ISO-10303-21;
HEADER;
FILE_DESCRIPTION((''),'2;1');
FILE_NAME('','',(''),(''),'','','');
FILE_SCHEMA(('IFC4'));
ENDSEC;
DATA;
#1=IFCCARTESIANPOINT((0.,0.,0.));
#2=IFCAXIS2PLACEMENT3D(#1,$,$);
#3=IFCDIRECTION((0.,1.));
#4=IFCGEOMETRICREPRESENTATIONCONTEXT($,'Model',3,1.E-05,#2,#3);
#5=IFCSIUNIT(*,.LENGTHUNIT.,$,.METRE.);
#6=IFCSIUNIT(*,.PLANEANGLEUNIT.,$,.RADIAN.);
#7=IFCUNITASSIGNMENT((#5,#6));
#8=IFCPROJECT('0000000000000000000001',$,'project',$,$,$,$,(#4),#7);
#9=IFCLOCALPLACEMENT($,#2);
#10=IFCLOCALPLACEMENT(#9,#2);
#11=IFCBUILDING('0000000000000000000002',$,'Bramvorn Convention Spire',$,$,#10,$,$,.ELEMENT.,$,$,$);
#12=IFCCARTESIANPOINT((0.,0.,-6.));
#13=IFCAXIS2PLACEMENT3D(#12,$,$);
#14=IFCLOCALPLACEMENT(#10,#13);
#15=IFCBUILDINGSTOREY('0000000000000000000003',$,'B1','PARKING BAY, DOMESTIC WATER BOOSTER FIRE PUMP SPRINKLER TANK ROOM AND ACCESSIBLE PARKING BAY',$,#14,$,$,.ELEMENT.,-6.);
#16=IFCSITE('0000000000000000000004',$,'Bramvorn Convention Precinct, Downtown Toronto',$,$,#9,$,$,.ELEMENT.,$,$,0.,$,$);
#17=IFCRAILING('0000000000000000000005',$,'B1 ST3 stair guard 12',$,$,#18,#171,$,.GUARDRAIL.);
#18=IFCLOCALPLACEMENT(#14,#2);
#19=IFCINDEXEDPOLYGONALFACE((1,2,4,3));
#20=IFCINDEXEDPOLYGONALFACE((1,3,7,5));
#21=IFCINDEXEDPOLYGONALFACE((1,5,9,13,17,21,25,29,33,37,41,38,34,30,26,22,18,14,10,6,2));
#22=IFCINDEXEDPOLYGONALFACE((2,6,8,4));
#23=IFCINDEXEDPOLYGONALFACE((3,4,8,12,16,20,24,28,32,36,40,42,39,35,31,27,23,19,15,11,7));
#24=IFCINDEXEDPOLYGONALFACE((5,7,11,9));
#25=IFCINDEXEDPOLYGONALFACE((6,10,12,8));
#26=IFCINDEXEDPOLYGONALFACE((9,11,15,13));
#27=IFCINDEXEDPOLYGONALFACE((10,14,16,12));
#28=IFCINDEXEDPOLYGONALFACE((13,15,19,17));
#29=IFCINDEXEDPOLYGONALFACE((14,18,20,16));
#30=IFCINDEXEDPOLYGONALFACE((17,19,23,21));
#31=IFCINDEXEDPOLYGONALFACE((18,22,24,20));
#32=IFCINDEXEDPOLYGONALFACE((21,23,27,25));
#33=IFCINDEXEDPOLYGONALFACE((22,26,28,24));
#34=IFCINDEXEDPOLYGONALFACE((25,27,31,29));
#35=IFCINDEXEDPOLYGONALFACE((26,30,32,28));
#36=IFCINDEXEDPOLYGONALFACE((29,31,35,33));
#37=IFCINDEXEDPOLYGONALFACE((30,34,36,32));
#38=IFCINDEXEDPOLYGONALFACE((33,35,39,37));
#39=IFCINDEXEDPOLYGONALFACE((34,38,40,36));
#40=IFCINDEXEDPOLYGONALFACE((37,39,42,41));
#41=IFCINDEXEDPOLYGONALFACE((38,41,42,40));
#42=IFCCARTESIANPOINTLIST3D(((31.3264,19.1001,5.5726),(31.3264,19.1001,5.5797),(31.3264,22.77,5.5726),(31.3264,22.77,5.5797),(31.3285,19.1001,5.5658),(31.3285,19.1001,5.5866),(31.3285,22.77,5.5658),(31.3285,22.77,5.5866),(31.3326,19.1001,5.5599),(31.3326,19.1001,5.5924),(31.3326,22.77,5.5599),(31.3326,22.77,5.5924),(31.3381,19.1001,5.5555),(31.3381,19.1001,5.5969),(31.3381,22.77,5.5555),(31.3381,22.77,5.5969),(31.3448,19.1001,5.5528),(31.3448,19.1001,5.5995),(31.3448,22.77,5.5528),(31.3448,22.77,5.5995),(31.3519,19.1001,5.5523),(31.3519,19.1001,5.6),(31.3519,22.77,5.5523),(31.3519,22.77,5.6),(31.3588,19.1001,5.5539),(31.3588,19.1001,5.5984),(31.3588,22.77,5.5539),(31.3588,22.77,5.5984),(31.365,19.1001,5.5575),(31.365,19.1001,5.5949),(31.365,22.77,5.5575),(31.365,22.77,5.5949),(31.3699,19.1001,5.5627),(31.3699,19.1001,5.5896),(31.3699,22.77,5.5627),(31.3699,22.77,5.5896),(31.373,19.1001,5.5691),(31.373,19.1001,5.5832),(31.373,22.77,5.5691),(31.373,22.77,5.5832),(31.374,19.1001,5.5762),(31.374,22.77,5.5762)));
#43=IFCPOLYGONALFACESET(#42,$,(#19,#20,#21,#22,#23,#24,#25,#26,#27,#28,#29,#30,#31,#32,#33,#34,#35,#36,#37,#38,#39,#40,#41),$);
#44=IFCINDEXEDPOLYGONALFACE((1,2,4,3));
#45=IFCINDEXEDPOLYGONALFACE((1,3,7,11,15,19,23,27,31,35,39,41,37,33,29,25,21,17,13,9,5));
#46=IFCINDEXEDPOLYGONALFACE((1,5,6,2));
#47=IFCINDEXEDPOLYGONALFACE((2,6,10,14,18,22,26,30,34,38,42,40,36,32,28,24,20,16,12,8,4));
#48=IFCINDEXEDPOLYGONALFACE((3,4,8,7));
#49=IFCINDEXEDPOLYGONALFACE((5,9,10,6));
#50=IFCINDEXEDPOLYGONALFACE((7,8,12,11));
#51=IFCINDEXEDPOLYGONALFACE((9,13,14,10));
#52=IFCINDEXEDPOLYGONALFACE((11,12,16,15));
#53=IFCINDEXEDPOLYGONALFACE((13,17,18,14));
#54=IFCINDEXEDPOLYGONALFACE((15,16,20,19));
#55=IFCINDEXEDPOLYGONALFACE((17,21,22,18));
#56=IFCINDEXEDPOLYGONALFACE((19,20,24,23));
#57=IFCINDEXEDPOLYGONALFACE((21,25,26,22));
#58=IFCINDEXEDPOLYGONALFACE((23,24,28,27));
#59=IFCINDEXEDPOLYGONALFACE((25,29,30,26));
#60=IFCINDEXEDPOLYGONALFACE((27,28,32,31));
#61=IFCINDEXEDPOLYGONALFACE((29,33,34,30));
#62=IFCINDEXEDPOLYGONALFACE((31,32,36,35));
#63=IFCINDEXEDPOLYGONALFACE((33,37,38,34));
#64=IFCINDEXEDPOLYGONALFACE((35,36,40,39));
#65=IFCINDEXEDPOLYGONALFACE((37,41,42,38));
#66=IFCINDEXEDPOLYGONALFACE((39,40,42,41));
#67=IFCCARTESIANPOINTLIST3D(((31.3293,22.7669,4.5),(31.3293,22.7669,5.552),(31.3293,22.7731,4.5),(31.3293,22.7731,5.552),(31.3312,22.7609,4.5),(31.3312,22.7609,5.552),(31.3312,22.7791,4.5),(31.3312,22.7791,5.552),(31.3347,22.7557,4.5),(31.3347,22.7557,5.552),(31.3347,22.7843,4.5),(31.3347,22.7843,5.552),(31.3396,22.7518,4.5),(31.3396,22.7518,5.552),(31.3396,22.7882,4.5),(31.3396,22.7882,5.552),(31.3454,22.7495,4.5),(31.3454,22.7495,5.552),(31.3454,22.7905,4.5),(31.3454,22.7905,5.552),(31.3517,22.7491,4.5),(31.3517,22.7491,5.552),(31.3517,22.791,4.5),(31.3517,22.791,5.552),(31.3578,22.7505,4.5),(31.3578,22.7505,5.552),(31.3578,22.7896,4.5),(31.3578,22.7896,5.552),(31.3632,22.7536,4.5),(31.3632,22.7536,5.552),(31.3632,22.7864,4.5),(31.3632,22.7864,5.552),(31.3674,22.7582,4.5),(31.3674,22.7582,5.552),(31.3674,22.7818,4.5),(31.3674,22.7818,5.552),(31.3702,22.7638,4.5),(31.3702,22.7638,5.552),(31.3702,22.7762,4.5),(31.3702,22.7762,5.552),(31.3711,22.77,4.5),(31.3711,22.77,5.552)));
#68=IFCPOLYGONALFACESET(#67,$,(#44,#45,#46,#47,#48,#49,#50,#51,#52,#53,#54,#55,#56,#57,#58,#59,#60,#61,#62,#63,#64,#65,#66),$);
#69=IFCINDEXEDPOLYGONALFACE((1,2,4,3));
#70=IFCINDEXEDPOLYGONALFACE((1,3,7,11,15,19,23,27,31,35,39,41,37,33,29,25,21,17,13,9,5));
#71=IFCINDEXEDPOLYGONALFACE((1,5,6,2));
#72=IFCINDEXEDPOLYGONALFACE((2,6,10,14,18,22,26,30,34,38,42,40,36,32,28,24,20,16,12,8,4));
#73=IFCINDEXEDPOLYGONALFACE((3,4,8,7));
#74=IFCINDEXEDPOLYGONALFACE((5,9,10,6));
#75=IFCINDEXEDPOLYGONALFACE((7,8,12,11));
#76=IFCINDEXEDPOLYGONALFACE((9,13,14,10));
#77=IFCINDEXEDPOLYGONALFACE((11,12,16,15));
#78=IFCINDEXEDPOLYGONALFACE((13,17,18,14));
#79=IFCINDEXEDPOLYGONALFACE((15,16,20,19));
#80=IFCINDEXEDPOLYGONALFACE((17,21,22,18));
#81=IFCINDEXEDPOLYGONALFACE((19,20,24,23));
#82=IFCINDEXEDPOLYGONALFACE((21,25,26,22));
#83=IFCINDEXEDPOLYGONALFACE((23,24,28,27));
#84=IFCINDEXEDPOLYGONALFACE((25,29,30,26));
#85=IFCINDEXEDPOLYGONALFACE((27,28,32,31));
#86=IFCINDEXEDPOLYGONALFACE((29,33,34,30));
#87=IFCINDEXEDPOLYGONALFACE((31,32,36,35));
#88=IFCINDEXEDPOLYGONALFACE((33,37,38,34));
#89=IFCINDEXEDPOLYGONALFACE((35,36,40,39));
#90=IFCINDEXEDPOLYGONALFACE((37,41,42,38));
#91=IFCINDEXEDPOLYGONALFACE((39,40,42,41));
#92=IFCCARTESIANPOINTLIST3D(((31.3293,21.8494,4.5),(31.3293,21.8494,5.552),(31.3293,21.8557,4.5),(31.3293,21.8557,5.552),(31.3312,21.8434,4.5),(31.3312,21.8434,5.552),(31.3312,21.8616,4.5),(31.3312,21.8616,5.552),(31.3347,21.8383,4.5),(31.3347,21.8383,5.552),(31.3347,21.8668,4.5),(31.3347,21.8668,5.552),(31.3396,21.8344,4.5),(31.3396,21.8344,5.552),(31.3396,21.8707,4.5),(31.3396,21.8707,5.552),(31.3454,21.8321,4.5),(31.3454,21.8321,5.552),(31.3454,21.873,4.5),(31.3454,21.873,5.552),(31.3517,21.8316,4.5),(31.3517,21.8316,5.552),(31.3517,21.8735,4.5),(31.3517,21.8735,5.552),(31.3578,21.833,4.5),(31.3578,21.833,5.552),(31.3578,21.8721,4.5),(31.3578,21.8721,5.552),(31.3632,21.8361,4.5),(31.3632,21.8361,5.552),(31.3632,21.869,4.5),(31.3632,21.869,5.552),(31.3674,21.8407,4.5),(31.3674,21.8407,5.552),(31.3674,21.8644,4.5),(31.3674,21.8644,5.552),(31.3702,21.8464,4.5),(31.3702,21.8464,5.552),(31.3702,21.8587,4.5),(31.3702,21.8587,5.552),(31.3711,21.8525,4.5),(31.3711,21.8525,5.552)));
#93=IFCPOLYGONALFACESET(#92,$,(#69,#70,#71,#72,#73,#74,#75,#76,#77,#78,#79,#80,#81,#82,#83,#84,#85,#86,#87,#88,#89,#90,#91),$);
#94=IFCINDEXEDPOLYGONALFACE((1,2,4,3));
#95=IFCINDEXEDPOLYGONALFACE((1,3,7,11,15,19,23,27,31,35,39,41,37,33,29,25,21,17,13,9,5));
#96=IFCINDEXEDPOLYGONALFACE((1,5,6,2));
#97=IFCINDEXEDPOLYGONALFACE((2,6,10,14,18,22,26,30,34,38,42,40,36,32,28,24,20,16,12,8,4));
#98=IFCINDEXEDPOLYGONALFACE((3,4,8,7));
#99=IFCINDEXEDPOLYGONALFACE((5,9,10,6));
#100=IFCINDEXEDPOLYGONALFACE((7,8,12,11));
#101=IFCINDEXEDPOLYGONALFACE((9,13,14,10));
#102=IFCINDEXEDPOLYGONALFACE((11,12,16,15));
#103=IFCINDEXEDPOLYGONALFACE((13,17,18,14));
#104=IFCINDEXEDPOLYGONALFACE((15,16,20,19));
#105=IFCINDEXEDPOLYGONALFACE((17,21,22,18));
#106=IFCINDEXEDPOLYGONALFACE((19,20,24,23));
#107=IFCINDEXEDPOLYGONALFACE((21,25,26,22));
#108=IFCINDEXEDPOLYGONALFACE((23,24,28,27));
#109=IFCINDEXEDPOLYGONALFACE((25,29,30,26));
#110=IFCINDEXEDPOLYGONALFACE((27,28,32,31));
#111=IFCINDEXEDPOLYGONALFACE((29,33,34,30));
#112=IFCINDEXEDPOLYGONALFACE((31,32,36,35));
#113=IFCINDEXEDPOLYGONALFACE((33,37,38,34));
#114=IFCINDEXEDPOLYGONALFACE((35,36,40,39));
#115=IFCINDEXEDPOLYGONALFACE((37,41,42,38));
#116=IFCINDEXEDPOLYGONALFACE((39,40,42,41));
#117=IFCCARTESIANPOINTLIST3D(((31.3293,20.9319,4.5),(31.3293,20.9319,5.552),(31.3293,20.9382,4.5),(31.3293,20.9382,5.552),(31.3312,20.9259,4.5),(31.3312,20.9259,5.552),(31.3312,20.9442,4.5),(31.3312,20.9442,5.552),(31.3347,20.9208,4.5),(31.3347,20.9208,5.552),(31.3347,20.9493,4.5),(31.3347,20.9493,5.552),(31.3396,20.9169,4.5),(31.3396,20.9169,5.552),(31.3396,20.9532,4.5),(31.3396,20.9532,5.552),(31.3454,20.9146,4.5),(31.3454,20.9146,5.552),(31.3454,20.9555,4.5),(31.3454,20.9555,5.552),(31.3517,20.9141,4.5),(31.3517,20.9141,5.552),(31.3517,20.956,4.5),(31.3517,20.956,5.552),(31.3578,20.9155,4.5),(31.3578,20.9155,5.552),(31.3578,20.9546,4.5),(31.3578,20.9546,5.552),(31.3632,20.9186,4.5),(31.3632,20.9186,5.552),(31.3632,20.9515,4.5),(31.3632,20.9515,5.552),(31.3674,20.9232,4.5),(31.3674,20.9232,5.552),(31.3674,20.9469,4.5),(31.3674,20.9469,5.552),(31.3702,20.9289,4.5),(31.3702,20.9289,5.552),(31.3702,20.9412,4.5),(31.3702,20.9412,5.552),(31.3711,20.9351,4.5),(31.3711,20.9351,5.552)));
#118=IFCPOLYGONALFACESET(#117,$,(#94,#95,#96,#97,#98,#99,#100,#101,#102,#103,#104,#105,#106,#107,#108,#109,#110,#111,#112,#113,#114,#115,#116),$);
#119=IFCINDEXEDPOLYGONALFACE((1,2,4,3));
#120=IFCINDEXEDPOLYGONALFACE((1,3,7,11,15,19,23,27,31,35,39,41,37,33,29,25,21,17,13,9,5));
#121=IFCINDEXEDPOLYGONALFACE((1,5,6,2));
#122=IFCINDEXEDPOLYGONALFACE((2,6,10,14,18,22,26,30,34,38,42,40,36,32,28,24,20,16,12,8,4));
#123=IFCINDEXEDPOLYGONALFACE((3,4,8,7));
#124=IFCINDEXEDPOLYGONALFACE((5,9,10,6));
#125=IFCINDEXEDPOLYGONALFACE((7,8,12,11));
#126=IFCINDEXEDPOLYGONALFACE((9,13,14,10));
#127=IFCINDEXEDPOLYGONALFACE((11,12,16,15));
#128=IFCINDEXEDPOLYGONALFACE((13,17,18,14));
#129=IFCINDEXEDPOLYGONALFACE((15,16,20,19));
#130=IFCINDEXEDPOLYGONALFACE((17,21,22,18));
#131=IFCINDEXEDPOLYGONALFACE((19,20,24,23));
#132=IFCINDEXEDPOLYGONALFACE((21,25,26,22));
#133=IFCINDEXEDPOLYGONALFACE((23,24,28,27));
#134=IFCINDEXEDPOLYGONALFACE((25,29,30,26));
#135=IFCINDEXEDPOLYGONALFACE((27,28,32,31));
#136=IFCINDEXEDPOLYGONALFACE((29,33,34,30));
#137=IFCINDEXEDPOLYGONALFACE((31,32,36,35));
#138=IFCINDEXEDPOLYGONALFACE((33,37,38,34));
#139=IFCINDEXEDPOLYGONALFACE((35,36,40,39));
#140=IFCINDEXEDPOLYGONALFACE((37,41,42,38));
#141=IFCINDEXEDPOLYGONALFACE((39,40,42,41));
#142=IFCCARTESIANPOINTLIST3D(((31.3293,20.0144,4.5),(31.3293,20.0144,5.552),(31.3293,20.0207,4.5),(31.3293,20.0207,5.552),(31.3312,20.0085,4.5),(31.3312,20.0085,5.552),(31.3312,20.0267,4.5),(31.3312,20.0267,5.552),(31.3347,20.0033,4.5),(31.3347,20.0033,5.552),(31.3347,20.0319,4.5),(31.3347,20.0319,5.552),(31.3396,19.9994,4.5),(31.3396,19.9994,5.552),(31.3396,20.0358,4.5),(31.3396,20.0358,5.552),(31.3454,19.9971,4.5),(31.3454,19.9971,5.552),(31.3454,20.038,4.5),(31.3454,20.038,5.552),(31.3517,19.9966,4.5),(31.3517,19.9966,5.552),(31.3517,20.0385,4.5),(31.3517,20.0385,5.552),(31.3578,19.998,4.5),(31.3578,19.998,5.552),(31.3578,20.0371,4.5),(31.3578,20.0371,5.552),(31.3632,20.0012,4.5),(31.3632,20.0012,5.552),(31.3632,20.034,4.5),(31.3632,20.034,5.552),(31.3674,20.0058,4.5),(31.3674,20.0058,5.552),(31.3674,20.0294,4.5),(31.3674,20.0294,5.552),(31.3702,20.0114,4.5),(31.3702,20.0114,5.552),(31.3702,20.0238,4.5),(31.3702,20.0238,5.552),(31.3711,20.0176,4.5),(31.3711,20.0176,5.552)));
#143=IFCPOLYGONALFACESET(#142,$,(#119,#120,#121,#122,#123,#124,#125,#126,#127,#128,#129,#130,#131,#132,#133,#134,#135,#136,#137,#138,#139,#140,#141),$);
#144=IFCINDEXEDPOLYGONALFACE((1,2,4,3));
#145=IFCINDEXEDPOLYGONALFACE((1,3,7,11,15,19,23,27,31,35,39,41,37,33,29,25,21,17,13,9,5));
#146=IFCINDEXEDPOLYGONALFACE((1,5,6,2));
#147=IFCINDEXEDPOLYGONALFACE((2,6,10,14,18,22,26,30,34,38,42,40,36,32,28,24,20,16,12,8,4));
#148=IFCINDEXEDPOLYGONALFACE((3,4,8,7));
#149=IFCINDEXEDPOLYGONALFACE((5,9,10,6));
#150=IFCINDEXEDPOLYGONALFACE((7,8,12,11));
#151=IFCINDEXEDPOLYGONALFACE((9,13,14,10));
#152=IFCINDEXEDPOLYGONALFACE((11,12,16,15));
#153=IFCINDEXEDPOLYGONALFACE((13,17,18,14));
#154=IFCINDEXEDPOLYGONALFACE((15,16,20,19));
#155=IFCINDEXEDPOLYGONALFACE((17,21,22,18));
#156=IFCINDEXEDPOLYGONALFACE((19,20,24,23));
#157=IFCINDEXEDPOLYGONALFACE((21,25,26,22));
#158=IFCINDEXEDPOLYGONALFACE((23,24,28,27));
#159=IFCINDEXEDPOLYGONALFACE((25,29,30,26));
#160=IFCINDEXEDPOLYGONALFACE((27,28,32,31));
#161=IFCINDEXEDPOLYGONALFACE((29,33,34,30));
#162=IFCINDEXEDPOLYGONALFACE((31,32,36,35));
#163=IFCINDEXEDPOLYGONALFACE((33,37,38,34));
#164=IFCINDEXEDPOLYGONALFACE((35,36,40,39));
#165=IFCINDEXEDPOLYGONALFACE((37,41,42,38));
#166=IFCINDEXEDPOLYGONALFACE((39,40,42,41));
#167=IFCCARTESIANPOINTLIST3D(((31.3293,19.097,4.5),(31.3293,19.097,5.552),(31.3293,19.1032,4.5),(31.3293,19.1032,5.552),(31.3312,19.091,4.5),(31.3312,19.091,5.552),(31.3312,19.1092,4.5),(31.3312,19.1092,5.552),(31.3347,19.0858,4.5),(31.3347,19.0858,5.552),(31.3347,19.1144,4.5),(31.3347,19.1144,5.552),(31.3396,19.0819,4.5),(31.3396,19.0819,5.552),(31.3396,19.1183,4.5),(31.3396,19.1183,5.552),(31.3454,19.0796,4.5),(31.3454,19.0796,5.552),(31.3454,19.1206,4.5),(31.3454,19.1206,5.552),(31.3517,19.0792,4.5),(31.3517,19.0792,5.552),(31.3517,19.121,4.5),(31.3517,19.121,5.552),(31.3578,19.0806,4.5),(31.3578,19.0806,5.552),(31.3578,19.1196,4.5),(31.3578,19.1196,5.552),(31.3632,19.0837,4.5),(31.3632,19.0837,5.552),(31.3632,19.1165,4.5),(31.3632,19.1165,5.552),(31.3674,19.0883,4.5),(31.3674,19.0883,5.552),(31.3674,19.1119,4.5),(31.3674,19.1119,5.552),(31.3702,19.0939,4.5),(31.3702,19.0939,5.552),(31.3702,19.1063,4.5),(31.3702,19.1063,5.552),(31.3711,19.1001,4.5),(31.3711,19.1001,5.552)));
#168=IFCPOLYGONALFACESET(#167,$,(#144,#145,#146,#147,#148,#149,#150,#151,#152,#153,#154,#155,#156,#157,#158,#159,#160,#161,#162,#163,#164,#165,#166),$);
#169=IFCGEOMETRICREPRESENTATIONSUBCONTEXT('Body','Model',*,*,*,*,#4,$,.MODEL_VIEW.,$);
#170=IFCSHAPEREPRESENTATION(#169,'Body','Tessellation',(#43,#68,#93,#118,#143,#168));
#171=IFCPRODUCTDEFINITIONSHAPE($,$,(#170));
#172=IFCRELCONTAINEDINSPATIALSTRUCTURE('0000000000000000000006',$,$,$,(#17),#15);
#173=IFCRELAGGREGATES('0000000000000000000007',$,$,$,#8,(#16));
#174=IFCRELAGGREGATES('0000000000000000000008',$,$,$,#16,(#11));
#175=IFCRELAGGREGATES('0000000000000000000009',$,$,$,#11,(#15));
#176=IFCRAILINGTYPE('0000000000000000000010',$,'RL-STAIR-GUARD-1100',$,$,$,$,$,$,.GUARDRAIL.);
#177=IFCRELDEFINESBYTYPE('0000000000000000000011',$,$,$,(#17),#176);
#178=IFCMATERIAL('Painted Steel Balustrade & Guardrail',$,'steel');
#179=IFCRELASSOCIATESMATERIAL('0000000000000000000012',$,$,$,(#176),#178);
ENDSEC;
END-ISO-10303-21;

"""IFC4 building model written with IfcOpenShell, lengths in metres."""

from ifc_helpers import new_model, si_unit, direction, frame, origin, origin_2d, place, context, subcontext, project, spatial, circle, extrude, material, type_object, element, save


model = new_model("IFC4")

# Units and contexts
model_context = context("Model", 3, precision=1e-05, world=origin(), true_north=direction((0.0, 1.0)))
body_context = subcontext(model_context, "Body", "Model", "MODEL_VIEW")
ifc_project = project(units=[si_unit("LENGTHUNIT", "METRE"), si_unit("PLANEANGLEUNIT", "RADIAN")], contexts=[model_context])

# Site, building, storey
site_placement = place(None, origin())
site = spatial("IfcSite", under=ifc_project, at=site_placement, Name="Bramvorn Convention Precinct, Downtown Toronto", CompositionType="ELEMENT", RefElevation=0.0)
building_placement = place(site_placement, origin())
building = spatial("IfcBuilding", under=site, at=building_placement, Name="Bramvorn Convention Spire", CompositionType="ELEMENT")
storey_placement = place(building_placement, frame((0.0, 0.0, -6.0)))
storey = spatial("IfcBuildingStorey", under=building, at=storey_placement, Name="B1", Description="PARKING BAY, DOMESTIC WATER BOOSTER FIRE PUMP SPRINKLER TANK ROOM AND ACCESSIBLE PARKING BAY", CompositionType="ELEMENT", Elevation=-6.0)

# Railing
ifc_material_1 = material(Name="Painted Steel Balustrade & Guardrail", Category="steel")
railing_type_1 = type_object("IfcRailingType", Name="RL-STAIR-GUARD-1100", PredefinedType="GUARDRAIL", material=ifc_material_1)
for number, where, name in (
    (1, (31.3501, 22.77, 4.5), "B1 ST3 stair guard 12"),
):
    element("IfcRailing", number, at=place(storey_placement, frame(where)), inside=storey, type_object=railing_type_1, Name=name, PredefinedType="GUARDRAIL", context=body_context, shape_type="SweptSolid", body=[
        extrude(circle(Radius=0.0239, at=origin_2d()), frame((0.0, 0.0, 1.0762), z_axis=(0.0, -1.0, 0.0), x_axis=(1.0, 0.0, 0.0)), (0.0, 0.0, 1.0), 3.6699),
        extrude(circle(Radius=0.021, at=origin_2d()), origin(), (0.0, 0.0, 1.0), 1.052),
        extrude(circle(Radius=0.021, at=origin_2d()), frame((0.0, -0.9175, 0.0)), (0.0, 0.0, 1.0), 1.052),
        extrude(circle(Radius=0.021, at=origin_2d()), frame((0.0, -1.835, 0.0)), (0.0, 0.0, 1.0), 1.052),
        extrude(circle(Radius=0.021, at=origin_2d()), frame((0.0, -2.7524, 0.0)), (0.0, 0.0, 1.0), 1.052),
        extrude(circle(Radius=0.021, at=origin_2d()), frame((0.0, -3.6699, 0.0)), (0.0, 0.0, 1.0), 1.052),
    ])

save(model, "model.ifc")
